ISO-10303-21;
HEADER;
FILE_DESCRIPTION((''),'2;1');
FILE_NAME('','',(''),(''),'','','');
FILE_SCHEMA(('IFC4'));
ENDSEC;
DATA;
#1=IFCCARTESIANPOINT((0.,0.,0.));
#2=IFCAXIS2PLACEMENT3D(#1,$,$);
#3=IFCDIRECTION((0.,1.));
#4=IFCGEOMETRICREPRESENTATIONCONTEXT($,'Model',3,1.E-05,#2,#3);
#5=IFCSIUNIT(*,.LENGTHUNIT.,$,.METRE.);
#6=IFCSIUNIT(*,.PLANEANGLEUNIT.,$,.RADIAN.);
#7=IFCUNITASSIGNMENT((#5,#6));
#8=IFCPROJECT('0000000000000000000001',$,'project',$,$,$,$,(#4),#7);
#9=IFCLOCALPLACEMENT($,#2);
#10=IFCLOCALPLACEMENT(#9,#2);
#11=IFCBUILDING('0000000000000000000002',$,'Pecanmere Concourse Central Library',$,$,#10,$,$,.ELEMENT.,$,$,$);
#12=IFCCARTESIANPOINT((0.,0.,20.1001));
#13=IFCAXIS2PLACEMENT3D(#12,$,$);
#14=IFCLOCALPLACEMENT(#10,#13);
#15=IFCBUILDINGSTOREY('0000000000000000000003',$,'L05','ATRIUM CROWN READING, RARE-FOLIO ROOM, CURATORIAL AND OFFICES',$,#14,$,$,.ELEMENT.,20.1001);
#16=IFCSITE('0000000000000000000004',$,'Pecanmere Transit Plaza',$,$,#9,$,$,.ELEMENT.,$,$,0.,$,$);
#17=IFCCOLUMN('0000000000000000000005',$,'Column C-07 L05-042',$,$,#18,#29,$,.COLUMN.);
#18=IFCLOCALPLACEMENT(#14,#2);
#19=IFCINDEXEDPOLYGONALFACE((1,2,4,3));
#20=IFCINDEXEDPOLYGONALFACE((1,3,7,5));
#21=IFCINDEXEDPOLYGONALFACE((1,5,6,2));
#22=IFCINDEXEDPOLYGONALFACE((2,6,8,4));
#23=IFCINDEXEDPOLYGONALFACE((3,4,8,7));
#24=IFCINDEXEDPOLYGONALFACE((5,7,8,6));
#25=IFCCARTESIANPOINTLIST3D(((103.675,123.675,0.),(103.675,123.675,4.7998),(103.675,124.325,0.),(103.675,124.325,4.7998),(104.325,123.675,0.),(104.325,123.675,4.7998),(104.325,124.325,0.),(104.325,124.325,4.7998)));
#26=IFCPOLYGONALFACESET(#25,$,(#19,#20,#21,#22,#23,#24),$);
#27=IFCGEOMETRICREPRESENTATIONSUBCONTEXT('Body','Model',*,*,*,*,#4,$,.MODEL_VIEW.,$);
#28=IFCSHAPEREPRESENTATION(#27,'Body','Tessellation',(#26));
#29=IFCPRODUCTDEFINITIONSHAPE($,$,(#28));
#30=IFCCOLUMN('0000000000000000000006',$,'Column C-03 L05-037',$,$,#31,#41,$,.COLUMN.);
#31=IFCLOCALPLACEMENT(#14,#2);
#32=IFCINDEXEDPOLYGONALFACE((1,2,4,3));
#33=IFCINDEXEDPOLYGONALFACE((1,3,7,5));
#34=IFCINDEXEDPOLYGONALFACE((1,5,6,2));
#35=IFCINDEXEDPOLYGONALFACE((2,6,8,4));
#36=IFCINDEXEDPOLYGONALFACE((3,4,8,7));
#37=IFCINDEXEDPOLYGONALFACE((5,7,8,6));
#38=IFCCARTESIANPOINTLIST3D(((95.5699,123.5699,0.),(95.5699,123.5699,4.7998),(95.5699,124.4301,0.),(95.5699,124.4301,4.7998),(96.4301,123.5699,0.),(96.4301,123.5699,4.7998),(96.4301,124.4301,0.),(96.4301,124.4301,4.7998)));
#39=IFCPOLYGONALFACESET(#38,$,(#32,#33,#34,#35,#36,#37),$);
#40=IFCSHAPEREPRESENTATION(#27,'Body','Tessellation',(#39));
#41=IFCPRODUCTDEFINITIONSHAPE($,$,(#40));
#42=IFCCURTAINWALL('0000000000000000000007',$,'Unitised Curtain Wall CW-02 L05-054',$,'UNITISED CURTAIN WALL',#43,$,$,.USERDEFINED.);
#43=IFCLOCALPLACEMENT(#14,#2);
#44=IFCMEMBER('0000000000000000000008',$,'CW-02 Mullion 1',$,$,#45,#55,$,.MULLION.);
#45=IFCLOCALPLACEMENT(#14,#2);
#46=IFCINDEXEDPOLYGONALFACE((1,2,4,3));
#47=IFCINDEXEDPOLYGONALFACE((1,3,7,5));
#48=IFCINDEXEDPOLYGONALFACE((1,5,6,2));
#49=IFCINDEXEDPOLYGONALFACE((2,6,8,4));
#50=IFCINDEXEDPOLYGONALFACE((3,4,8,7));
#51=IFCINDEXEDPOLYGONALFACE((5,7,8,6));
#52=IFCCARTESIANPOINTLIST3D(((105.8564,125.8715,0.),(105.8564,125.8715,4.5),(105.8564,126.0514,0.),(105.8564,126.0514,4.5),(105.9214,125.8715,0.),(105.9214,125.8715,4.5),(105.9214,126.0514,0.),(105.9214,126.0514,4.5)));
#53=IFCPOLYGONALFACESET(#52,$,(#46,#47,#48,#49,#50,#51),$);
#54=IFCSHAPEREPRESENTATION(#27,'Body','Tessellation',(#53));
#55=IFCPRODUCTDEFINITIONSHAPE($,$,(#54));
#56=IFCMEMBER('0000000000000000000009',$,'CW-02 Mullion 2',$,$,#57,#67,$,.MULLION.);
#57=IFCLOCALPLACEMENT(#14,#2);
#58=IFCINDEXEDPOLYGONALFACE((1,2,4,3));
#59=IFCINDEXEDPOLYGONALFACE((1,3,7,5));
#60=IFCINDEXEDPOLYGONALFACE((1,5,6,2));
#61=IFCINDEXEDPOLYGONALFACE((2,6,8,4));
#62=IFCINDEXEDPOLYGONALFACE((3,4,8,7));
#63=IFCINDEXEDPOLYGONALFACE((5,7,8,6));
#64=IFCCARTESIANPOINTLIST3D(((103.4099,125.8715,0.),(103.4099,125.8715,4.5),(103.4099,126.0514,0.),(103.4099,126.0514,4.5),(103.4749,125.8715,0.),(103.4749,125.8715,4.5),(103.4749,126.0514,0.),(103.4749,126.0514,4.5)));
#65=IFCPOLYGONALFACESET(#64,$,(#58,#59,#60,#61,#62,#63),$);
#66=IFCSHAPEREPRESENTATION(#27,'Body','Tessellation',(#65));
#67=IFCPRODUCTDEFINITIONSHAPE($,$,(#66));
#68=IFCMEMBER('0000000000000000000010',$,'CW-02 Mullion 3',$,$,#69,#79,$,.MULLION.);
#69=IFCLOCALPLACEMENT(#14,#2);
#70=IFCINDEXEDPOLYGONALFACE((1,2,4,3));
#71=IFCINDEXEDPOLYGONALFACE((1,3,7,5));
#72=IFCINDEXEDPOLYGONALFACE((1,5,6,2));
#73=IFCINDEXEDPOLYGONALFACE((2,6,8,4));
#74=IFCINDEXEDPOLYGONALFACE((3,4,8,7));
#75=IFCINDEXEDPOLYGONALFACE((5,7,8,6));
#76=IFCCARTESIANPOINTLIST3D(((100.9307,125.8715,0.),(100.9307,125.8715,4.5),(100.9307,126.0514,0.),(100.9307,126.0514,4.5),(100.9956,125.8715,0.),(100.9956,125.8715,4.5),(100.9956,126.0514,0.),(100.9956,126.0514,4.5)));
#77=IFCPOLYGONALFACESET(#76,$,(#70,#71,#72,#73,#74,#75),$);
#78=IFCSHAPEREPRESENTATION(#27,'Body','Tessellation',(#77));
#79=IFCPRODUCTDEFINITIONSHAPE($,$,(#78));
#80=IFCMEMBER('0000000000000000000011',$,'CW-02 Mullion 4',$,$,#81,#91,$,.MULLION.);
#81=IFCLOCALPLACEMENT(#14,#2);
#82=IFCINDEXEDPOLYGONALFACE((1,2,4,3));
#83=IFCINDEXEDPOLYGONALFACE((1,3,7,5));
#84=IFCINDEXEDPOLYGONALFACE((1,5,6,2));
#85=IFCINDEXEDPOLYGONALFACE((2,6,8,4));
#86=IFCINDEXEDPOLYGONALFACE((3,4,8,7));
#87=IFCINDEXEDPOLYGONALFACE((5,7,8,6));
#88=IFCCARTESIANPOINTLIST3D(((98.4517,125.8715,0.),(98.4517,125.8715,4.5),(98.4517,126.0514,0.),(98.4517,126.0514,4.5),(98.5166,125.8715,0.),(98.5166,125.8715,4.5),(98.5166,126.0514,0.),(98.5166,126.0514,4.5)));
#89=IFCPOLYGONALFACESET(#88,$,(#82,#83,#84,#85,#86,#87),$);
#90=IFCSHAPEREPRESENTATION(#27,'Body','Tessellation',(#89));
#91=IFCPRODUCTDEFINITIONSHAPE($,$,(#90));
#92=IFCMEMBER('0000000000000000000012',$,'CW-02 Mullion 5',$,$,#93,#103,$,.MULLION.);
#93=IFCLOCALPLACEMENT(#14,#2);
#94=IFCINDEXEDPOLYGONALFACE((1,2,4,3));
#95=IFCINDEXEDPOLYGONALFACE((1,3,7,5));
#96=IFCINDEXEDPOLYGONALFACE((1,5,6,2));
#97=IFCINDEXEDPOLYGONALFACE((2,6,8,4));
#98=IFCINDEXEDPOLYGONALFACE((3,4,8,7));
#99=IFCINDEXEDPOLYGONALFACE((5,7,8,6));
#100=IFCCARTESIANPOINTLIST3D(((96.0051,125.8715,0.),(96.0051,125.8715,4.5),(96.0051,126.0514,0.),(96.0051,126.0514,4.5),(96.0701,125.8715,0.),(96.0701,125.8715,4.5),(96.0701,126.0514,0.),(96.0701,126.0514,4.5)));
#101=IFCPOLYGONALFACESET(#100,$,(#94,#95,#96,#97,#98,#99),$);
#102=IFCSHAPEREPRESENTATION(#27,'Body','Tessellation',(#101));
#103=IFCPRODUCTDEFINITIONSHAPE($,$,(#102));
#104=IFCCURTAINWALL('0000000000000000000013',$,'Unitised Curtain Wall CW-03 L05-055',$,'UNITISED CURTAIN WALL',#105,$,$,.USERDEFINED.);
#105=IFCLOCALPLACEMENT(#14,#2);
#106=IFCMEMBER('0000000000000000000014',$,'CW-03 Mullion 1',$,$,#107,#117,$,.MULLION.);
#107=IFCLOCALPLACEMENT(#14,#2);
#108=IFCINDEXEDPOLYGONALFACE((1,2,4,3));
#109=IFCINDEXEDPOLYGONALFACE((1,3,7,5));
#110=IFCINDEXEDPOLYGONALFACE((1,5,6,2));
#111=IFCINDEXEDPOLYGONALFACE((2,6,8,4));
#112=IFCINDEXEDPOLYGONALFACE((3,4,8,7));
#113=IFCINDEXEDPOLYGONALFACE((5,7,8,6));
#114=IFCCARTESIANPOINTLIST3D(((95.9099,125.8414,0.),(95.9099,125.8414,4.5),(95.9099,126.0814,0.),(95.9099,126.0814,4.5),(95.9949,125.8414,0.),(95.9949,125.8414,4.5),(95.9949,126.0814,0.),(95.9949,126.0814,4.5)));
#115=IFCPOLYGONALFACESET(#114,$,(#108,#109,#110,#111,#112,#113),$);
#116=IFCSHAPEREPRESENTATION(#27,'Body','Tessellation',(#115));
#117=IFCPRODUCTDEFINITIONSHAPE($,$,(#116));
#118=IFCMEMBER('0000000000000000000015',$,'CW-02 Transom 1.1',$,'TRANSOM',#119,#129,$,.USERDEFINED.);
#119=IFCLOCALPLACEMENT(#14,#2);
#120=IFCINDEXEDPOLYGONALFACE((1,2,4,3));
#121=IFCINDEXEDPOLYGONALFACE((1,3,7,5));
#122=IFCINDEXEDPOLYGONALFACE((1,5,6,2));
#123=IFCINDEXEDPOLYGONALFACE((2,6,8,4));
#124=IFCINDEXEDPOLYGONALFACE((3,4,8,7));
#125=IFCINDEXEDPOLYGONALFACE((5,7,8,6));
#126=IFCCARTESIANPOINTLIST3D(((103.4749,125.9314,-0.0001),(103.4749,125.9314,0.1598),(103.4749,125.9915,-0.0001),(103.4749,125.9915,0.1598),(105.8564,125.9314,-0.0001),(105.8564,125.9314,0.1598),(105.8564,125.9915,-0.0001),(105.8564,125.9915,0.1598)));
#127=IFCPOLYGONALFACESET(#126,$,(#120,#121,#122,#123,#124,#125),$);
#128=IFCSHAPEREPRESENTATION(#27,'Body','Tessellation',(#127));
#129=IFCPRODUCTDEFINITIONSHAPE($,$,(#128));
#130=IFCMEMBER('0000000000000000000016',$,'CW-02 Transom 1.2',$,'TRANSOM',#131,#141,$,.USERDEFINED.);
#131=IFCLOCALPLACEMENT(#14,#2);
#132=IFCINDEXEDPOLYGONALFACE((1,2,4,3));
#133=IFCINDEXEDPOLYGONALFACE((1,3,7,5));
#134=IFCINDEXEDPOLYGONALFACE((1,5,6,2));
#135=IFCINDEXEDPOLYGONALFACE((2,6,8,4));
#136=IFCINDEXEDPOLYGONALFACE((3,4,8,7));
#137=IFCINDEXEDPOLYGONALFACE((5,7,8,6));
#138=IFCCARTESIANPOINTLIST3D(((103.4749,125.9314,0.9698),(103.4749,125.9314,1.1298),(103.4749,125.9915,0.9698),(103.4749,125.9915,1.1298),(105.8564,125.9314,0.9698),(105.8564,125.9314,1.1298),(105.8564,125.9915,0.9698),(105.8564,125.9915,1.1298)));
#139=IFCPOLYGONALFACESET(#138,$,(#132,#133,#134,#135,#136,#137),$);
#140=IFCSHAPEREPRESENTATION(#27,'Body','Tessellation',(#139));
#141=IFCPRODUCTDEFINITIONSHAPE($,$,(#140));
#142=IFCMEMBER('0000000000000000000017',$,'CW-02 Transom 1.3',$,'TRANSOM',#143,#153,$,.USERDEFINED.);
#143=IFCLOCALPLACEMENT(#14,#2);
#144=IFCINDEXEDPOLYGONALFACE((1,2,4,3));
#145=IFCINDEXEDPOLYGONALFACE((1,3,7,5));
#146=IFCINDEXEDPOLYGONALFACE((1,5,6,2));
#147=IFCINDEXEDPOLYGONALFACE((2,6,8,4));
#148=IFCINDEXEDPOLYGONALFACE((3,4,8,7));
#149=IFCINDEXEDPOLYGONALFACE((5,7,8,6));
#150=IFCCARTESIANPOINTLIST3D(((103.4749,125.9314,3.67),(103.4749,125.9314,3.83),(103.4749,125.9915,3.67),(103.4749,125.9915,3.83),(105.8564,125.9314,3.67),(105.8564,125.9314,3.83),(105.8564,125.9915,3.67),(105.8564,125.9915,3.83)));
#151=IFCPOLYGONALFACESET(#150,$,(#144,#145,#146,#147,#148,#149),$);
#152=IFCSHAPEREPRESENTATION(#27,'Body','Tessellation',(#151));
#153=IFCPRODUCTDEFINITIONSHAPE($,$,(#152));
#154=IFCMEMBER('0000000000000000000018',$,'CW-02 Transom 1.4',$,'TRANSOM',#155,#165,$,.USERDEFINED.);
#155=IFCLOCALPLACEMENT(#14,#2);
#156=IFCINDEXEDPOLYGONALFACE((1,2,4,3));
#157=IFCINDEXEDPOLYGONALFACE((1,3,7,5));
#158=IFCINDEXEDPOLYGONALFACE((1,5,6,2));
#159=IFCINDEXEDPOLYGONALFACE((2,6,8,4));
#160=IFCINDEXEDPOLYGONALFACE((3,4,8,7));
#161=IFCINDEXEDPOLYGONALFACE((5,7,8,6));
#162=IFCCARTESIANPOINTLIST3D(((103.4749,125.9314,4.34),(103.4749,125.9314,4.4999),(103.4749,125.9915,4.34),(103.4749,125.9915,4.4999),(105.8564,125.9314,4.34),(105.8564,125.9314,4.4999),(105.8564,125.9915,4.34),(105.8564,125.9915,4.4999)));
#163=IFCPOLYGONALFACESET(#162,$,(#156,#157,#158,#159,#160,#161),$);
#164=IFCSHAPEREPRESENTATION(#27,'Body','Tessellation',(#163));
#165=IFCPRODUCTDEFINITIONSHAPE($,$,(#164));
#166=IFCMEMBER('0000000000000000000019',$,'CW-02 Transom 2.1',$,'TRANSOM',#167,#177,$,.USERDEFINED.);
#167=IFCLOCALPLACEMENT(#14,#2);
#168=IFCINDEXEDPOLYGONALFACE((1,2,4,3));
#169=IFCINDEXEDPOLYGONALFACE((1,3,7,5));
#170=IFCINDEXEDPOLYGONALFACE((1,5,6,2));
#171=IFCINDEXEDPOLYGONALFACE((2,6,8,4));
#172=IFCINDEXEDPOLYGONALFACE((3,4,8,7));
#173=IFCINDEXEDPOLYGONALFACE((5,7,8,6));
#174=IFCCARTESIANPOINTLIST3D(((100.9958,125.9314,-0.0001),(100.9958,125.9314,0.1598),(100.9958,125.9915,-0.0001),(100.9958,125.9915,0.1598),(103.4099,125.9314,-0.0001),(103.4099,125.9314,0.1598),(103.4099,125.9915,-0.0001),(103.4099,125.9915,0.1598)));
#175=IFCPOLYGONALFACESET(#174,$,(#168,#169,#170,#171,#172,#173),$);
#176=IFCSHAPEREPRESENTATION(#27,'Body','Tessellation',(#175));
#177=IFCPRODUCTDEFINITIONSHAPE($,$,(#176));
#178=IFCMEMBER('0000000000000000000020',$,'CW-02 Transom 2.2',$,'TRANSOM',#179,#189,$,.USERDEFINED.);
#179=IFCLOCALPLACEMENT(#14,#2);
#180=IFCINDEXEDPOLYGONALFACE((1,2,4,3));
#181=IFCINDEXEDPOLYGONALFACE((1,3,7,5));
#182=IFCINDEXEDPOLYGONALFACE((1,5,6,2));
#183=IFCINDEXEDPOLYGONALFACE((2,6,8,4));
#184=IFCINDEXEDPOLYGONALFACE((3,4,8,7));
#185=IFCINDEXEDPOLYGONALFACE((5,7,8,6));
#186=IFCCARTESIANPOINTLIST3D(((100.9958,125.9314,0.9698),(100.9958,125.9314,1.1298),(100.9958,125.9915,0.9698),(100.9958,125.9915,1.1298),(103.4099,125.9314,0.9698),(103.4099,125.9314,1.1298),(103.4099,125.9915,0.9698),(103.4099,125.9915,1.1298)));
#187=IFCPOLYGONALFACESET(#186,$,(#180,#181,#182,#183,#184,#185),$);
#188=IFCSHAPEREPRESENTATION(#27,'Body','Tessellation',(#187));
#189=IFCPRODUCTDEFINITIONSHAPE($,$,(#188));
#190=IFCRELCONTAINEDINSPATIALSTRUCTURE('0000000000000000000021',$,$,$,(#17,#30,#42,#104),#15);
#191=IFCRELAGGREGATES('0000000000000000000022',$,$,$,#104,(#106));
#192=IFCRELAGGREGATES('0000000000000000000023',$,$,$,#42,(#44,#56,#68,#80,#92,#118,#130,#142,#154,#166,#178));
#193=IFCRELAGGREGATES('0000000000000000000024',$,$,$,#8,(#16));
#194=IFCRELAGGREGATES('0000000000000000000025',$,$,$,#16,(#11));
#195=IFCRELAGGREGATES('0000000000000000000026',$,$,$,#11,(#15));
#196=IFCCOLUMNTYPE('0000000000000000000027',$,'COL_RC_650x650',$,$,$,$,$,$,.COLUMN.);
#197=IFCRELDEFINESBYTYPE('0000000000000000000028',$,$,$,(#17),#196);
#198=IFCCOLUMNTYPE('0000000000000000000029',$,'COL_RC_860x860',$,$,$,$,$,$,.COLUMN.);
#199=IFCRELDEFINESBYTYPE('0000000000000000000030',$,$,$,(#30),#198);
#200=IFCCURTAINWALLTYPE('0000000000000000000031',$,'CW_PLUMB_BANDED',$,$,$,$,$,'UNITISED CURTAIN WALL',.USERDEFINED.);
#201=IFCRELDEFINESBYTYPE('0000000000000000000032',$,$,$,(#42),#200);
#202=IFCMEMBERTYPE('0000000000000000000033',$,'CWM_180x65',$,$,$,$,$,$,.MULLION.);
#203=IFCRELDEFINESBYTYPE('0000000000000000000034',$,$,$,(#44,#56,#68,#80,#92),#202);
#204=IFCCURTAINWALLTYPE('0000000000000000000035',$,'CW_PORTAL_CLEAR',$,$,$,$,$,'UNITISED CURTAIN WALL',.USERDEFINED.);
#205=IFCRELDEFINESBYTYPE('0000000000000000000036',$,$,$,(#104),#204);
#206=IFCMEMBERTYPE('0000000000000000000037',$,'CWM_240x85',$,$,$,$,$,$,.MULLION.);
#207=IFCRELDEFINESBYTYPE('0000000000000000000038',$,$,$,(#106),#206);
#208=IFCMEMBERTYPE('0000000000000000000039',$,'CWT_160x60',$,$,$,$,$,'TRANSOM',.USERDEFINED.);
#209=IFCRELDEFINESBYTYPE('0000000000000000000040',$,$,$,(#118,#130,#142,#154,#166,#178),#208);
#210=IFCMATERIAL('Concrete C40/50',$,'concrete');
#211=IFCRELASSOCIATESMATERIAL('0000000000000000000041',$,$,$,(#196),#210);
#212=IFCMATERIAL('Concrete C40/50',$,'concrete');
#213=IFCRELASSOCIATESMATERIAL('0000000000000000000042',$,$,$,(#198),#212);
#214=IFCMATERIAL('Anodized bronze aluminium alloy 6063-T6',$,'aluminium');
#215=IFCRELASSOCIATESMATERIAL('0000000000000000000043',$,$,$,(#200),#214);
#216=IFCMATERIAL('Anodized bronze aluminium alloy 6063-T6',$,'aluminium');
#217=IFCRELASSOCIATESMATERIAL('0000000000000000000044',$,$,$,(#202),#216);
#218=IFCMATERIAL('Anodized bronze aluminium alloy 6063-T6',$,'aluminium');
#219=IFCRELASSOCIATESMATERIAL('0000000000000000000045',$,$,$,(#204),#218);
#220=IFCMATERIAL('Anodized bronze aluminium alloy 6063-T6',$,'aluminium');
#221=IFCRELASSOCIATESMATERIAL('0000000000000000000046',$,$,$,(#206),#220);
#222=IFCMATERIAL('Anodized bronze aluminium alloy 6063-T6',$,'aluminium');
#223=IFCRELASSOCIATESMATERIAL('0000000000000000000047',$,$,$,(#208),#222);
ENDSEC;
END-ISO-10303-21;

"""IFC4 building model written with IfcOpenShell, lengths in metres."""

from ifc_helpers import new_model, si_unit, direction, frame, origin, origin_2d, place, context, subcontext, project, spatial, rectangle, extrude, material, material_profile, profile_set, type_object, element, aggregate, save


model = new_model("IFC4")

# Units and contexts
model_context = context("Model", 3, precision=1e-05, world=origin(), true_north=direction((0.0, 1.0)))
body_context = subcontext(model_context, "Body", "Model", "MODEL_VIEW")
ifc_project = project(units=[si_unit("LENGTHUNIT", "METRE"), si_unit("PLANEANGLEUNIT", "RADIAN")], contexts=[model_context])

# Site, building, storey
site_placement = place(None, origin())
site = spatial("IfcSite", under=ifc_project, at=site_placement, Name="Pecanmere Transit Plaza", CompositionType="ELEMENT", RefElevation=0.0)
building_placement = place(site_placement, origin())
building = spatial("IfcBuilding", under=site, at=building_placement, Name="Pecanmere Concourse Central Library", CompositionType="ELEMENT")
storey_placement = place(building_placement, frame((0.0, 0.0, 20.1001)))
storey = spatial("IfcBuildingStorey", under=building, at=storey_placement, Name="L05", Description="ATRIUM CROWN READING, RARE-FOLIO ROOM, CURATORIAL AND OFFICES", CompositionType="ELEMENT", Elevation=20.1001)

# Columns
ifc_material_1 = material(Name="Concrete C40/50", Category="concrete")
ifc_material_profile_1 = material_profile(ifc_material_1, rectangle(XDim=0.6499, YDim=0.6499, at=origin_2d()), Name="RC 650x650")
ifc_profile_set_1 = profile_set([ifc_material_profile_1], Name="Concrete C40/50")
column_type_1 = type_object("IfcColumnType", Name="COL_RC_650x650", PredefinedType="COLUMN", material=ifc_profile_set_1)
column_1_placement = place(storey_placement, frame((104.0, 124.0, 0.0), z_axis=(0.0, 0.0, 1.0), x_axis=(1.0, 0.0, 0.0)))
element("IfcColumn", 1, at=column_1_placement, inside=storey, type_object=column_type_1, Name="Column C-07 L05-042", PredefinedType="COLUMN", context=body_context, shape_type="SweptSolid", body=[
    extrude(rectangle(XDim=0.6499, YDim=0.6499, at=origin_2d()), origin(), (0.0, 0.0, 1.0), 4.7998),
])
ifc_material_2 = material(Name="Concrete C40/50", Category="concrete")
ifc_material_profile_2 = material_profile(ifc_material_2, rectangle(XDim=0.8601, YDim=0.8601, at=origin_2d()), Name="RC 860x860")
ifc_profile_set_2 = profile_set([ifc_material_profile_2], Name="Concrete C40/50")
column_type_2 = type_object("IfcColumnType", Name="COL_RC_860x860", PredefinedType="COLUMN", material=ifc_profile_set_2)
column_2_placement = place(storey_placement, frame((96.0, 124.0, 0.0), z_axis=(0.0, 0.0, 1.0), x_axis=(1.0, 0.0, 0.0)))
element("IfcColumn", 2, at=column_2_placement, inside=storey, type_object=column_type_2, Name="Column C-03 L05-037", PredefinedType="COLUMN", context=body_context, shape_type="SweptSolid", body=[
    extrude(rectangle(XDim=0.8601, YDim=0.8601, at=origin_2d()), origin(), (0.0, 0.0, 1.0), 4.7998),
])

# Curtain wall, members
ifc_material_3 = material(Name="Anodized bronze aluminium alloy 6063-T6", Category="aluminium")
curtain_wall_type_1 = type_object("IfcCurtainWallType", Name="CW_PLUMB_BANDED", ElementType="UNITISED CURTAIN WALL", PredefinedType="USERDEFINED", material=ifc_material_3)
curtain_wall_1_placement = place(storey_placement, origin())
curtain_wall_1 = element("IfcCurtainWall", 3, at=curtain_wall_1_placement, inside=storey, type_object=curtain_wall_type_1, Name="Unitised Curtain Wall CW-02 L05-054", ObjectType="UNITISED CURTAIN WALL", PredefinedType="USERDEFINED")
ifc_material_4 = material(Name="Anodized bronze aluminium alloy 6063-T6", Category="aluminium")
ifc_material_profile_3 = material_profile(ifc_material_4, rectangle(XDim=0.0649, YDim=0.1799, at=origin_2d()), Name="AL 65x180")
ifc_profile_set_3 = profile_set([ifc_material_profile_3], Name="Anodized bronze aluminium alloy 6063-T6")
member_type_1 = type_object("IfcMemberType", Name="CWM_180x65", PredefinedType="MULLION", material=ifc_profile_set_3)
member_1_placement = place(storey_placement, frame((105.8889, 125.9614, 0.0), z_axis=(0.0, 0.0, 1.0), x_axis=(-1.0, 0.0, 0.0)))
member_1 = element("IfcMember", 4, at=member_1_placement, type_object=member_type_1, Name="CW-02 Mullion 1", PredefinedType="MULLION", context=body_context, shape_type="SweptSolid", body=[
    extrude(rectangle(XDim=0.0649, YDim=0.1799, at=origin_2d()), origin(), (0.0, 0.0, 1.0), 4.5),
])
member_2_placement = place(storey_placement, frame((103.4424, 125.9614, 0.0), z_axis=(0.0, 0.0, 1.0), x_axis=(-1.0, 0.0, 0.0)))
member_2 = element("IfcMember", 5, at=member_2_placement, type_object=member_type_1, Name="CW-02 Mullion 2", PredefinedType="MULLION", context=body_context, shape_type="SweptSolid", body=[
    extrude(rectangle(XDim=0.0649, YDim=0.1799, at=origin_2d()), origin(), (0.0, 0.0, 1.0), 4.5),
])
member_3_placement = place(storey_placement, frame((100.9631, 125.9614, 0.0), z_axis=(0.0, 0.0, 1.0), x_axis=(-1.0, 0.0, 0.0)))
member_3 = element("IfcMember", 6, at=member_3_placement, type_object=member_type_1, Name="CW-02 Mullion 3", PredefinedType="MULLION", context=body_context, shape_type="SweptSolid", body=[
    extrude(rectangle(XDim=0.0649, YDim=0.1799, at=origin_2d()), origin(), (0.0, 0.0, 1.0), 4.5),
])
member_4_placement = place(storey_placement, frame((98.4841, 125.9614, 0.0), z_axis=(0.0, 0.0, 1.0), x_axis=(-1.0, 0.0, 0.0)))
member_4 = element("IfcMember", 7, at=member_4_placement, type_object=member_type_1, Name="CW-02 Mullion 4", PredefinedType="MULLION", context=body_context, shape_type="SweptSolid", body=[
    extrude(rectangle(XDim=0.0649, YDim=0.1799, at=origin_2d()), origin(), (0.0, 0.0, 1.0), 4.5),
])
member_5_placement = place(storey_placement, frame((96.0376, 125.9614, 0.0), z_axis=(0.0, 0.0, 1.0), x_axis=(-1.0, 0.0, 0.0)))
member_5 = element("IfcMember", 8, at=member_5_placement, type_object=member_type_1, Name="CW-02 Mullion 5", PredefinedType="MULLION", context=body_context, shape_type="SweptSolid", body=[
    extrude(rectangle(XDim=0.0649, YDim=0.1799, at=origin_2d()), origin(), (0.0, 0.0, 1.0), 4.5),
])

# Curtain wall, member
ifc_material_5 = material(Name="Anodized bronze aluminium alloy 6063-T6", Category="aluminium")
curtain_wall_type_2 = type_object("IfcCurtainWallType", Name="CW_PORTAL_CLEAR", ElementType="UNITISED CURTAIN WALL", PredefinedType="USERDEFINED", material=ifc_material_5)
curtain_wall_2_placement = place(storey_placement, origin())
curtain_wall_2 = element("IfcCurtainWall", 9, at=curtain_wall_2_placement, inside=storey, type_object=curtain_wall_type_2, Name="Unitised Curtain Wall CW-03 L05-055", ObjectType="UNITISED CURTAIN WALL", PredefinedType="USERDEFINED")
ifc_material_6 = material(Name="Anodized bronze aluminium alloy 6063-T6", Category="aluminium")
ifc_material_profile_4 = material_profile(ifc_material_6, rectangle(XDim=0.085, YDim=0.24, at=origin_2d()), Name="AL 85x240")
ifc_profile_set_4 = profile_set([ifc_material_profile_4], Name="Anodized bronze aluminium alloy 6063-T6")
member_type_2 = type_object("IfcMemberType", Name="CWM_240x85", PredefinedType="MULLION", material=ifc_profile_set_4)
member_6_placement = place(storey_placement, frame((95.9524, 125.9614, 0.0), z_axis=(0.0, 0.0, 1.0), x_axis=(-1.0, 0.0, 0.0)))
member_6 = element("IfcMember", 10, at=member_6_placement, type_object=member_type_2, Name="CW-03 Mullion 1", PredefinedType="MULLION", context=body_context, shape_type="SweptSolid", body=[
    extrude(rectangle(XDim=0.085, YDim=0.24, at=origin_2d()), origin(), (0.0, 0.0, 1.0), 4.5),
])
aggregate(curtain_wall_2, [member_6])

# Members
ifc_material_7 = material(Name="Anodized bronze aluminium alloy 6063-T6", Category="aluminium")
ifc_material_profile_5 = material_profile(ifc_material_7, rectangle(XDim=0.0601, YDim=0.1599, at=origin_2d()), Name="AL 60x160")
ifc_profile_set_5 = profile_set([ifc_material_profile_5], Name="Anodized bronze aluminium alloy 6063-T6")
member_type_3 = type_object("IfcMemberType", Name="CWT_160x60", ElementType="TRANSOM", PredefinedType="USERDEFINED", material=ifc_profile_set_5)
member_7_placement = place(storey_placement, frame((105.8564, 125.9614, 0.0798), z_axis=(-1.0, 0.0, 0.0), x_axis=(0.0, -1.0, 0.0)))
member_7 = element("IfcMember", 11, at=member_7_placement, type_object=member_type_3, Name="CW-02 Transom 1.1", ObjectType="TRANSOM", PredefinedType="USERDEFINED", context=body_context, shape_type="SweptSolid", body=[
    extrude(rectangle(XDim=0.0601, YDim=0.1599, at=origin_2d()), origin(), (0.0, 0.0, 1.0), 2.3816),
])
member_8_placement = place(storey_placement, frame((105.8564, 125.9614, 1.0498), z_axis=(-1.0, 0.0, 0.0), x_axis=(0.0, -1.0, 0.0)))
member_8 = element("IfcMember", 12, at=member_8_placement, type_object=member_type_3, Name="CW-02 Transom 1.2", ObjectType="TRANSOM", PredefinedType="USERDEFINED", context=body_context, shape_type="SweptSolid", body=[
    extrude(rectangle(XDim=0.0601, YDim=0.1599, at=origin_2d()), origin(), (0.0, 0.0, 1.0), 2.3816),
])
member_9_placement = place(storey_placement, frame((105.8564, 125.9614, 3.75), z_axis=(-1.0, 0.0, 0.0), x_axis=(0.0, -1.0, 0.0)))
member_9 = element("IfcMember", 13, at=member_9_placement, type_object=member_type_3, Name="CW-02 Transom 1.3", ObjectType="TRANSOM", PredefinedType="USERDEFINED", context=body_context, shape_type="SweptSolid", body=[
    extrude(rectangle(XDim=0.0601, YDim=0.1599, at=origin_2d()), origin(), (0.0, 0.0, 1.0), 2.3816),
])
member_10_placement = place(storey_placement, frame((105.8564, 125.9614, 4.4199), z_axis=(-1.0, 0.0, 0.0), x_axis=(0.0, -1.0, 0.0)))
member_10 = element("IfcMember", 14, at=member_10_placement, type_object=member_type_3, Name="CW-02 Transom 1.4", ObjectType="TRANSOM", PredefinedType="USERDEFINED", context=body_context, shape_type="SweptSolid", body=[
    extrude(rectangle(XDim=0.0601, YDim=0.1599, at=origin_2d()), origin(), (0.0, 0.0, 1.0), 2.3816),
])
member_11_placement = place(storey_placement, frame((103.4099, 125.9614, 0.0798), z_axis=(-1.0, 0.0, 0.0), x_axis=(0.0, -1.0, 0.0)))
member_11 = element("IfcMember", 15, at=member_11_placement, type_object=member_type_3, Name="CW-02 Transom 2.1", ObjectType="TRANSOM", PredefinedType="USERDEFINED", context=body_context, shape_type="SweptSolid", body=[
    extrude(rectangle(XDim=0.0601, YDim=0.1599, at=origin_2d()), origin(), (0.0, 0.0, 1.0), 2.4141),
])
member_12_placement = place(storey_placement, frame((103.4099, 125.9614, 1.0498), z_axis=(-1.0, 0.0, 0.0), x_axis=(0.0, -1.0, 0.0)))
member_12 = element("IfcMember", 16, at=member_12_placement, type_object=member_type_3, Name="CW-02 Transom 2.2", ObjectType="TRANSOM", PredefinedType="USERDEFINED", context=body_context, shape_type="SweptSolid", body=[
    extrude(rectangle(XDim=0.0601, YDim=0.1599, at=origin_2d()), origin(), (0.0, 0.0, 1.0), 2.4141),
])

aggregate(curtain_wall_1, [member_1, member_2, member_3, member_4, member_5, member_7, member_8, member_9, member_10, member_11, member_12])

save(model, "model.ifc")
